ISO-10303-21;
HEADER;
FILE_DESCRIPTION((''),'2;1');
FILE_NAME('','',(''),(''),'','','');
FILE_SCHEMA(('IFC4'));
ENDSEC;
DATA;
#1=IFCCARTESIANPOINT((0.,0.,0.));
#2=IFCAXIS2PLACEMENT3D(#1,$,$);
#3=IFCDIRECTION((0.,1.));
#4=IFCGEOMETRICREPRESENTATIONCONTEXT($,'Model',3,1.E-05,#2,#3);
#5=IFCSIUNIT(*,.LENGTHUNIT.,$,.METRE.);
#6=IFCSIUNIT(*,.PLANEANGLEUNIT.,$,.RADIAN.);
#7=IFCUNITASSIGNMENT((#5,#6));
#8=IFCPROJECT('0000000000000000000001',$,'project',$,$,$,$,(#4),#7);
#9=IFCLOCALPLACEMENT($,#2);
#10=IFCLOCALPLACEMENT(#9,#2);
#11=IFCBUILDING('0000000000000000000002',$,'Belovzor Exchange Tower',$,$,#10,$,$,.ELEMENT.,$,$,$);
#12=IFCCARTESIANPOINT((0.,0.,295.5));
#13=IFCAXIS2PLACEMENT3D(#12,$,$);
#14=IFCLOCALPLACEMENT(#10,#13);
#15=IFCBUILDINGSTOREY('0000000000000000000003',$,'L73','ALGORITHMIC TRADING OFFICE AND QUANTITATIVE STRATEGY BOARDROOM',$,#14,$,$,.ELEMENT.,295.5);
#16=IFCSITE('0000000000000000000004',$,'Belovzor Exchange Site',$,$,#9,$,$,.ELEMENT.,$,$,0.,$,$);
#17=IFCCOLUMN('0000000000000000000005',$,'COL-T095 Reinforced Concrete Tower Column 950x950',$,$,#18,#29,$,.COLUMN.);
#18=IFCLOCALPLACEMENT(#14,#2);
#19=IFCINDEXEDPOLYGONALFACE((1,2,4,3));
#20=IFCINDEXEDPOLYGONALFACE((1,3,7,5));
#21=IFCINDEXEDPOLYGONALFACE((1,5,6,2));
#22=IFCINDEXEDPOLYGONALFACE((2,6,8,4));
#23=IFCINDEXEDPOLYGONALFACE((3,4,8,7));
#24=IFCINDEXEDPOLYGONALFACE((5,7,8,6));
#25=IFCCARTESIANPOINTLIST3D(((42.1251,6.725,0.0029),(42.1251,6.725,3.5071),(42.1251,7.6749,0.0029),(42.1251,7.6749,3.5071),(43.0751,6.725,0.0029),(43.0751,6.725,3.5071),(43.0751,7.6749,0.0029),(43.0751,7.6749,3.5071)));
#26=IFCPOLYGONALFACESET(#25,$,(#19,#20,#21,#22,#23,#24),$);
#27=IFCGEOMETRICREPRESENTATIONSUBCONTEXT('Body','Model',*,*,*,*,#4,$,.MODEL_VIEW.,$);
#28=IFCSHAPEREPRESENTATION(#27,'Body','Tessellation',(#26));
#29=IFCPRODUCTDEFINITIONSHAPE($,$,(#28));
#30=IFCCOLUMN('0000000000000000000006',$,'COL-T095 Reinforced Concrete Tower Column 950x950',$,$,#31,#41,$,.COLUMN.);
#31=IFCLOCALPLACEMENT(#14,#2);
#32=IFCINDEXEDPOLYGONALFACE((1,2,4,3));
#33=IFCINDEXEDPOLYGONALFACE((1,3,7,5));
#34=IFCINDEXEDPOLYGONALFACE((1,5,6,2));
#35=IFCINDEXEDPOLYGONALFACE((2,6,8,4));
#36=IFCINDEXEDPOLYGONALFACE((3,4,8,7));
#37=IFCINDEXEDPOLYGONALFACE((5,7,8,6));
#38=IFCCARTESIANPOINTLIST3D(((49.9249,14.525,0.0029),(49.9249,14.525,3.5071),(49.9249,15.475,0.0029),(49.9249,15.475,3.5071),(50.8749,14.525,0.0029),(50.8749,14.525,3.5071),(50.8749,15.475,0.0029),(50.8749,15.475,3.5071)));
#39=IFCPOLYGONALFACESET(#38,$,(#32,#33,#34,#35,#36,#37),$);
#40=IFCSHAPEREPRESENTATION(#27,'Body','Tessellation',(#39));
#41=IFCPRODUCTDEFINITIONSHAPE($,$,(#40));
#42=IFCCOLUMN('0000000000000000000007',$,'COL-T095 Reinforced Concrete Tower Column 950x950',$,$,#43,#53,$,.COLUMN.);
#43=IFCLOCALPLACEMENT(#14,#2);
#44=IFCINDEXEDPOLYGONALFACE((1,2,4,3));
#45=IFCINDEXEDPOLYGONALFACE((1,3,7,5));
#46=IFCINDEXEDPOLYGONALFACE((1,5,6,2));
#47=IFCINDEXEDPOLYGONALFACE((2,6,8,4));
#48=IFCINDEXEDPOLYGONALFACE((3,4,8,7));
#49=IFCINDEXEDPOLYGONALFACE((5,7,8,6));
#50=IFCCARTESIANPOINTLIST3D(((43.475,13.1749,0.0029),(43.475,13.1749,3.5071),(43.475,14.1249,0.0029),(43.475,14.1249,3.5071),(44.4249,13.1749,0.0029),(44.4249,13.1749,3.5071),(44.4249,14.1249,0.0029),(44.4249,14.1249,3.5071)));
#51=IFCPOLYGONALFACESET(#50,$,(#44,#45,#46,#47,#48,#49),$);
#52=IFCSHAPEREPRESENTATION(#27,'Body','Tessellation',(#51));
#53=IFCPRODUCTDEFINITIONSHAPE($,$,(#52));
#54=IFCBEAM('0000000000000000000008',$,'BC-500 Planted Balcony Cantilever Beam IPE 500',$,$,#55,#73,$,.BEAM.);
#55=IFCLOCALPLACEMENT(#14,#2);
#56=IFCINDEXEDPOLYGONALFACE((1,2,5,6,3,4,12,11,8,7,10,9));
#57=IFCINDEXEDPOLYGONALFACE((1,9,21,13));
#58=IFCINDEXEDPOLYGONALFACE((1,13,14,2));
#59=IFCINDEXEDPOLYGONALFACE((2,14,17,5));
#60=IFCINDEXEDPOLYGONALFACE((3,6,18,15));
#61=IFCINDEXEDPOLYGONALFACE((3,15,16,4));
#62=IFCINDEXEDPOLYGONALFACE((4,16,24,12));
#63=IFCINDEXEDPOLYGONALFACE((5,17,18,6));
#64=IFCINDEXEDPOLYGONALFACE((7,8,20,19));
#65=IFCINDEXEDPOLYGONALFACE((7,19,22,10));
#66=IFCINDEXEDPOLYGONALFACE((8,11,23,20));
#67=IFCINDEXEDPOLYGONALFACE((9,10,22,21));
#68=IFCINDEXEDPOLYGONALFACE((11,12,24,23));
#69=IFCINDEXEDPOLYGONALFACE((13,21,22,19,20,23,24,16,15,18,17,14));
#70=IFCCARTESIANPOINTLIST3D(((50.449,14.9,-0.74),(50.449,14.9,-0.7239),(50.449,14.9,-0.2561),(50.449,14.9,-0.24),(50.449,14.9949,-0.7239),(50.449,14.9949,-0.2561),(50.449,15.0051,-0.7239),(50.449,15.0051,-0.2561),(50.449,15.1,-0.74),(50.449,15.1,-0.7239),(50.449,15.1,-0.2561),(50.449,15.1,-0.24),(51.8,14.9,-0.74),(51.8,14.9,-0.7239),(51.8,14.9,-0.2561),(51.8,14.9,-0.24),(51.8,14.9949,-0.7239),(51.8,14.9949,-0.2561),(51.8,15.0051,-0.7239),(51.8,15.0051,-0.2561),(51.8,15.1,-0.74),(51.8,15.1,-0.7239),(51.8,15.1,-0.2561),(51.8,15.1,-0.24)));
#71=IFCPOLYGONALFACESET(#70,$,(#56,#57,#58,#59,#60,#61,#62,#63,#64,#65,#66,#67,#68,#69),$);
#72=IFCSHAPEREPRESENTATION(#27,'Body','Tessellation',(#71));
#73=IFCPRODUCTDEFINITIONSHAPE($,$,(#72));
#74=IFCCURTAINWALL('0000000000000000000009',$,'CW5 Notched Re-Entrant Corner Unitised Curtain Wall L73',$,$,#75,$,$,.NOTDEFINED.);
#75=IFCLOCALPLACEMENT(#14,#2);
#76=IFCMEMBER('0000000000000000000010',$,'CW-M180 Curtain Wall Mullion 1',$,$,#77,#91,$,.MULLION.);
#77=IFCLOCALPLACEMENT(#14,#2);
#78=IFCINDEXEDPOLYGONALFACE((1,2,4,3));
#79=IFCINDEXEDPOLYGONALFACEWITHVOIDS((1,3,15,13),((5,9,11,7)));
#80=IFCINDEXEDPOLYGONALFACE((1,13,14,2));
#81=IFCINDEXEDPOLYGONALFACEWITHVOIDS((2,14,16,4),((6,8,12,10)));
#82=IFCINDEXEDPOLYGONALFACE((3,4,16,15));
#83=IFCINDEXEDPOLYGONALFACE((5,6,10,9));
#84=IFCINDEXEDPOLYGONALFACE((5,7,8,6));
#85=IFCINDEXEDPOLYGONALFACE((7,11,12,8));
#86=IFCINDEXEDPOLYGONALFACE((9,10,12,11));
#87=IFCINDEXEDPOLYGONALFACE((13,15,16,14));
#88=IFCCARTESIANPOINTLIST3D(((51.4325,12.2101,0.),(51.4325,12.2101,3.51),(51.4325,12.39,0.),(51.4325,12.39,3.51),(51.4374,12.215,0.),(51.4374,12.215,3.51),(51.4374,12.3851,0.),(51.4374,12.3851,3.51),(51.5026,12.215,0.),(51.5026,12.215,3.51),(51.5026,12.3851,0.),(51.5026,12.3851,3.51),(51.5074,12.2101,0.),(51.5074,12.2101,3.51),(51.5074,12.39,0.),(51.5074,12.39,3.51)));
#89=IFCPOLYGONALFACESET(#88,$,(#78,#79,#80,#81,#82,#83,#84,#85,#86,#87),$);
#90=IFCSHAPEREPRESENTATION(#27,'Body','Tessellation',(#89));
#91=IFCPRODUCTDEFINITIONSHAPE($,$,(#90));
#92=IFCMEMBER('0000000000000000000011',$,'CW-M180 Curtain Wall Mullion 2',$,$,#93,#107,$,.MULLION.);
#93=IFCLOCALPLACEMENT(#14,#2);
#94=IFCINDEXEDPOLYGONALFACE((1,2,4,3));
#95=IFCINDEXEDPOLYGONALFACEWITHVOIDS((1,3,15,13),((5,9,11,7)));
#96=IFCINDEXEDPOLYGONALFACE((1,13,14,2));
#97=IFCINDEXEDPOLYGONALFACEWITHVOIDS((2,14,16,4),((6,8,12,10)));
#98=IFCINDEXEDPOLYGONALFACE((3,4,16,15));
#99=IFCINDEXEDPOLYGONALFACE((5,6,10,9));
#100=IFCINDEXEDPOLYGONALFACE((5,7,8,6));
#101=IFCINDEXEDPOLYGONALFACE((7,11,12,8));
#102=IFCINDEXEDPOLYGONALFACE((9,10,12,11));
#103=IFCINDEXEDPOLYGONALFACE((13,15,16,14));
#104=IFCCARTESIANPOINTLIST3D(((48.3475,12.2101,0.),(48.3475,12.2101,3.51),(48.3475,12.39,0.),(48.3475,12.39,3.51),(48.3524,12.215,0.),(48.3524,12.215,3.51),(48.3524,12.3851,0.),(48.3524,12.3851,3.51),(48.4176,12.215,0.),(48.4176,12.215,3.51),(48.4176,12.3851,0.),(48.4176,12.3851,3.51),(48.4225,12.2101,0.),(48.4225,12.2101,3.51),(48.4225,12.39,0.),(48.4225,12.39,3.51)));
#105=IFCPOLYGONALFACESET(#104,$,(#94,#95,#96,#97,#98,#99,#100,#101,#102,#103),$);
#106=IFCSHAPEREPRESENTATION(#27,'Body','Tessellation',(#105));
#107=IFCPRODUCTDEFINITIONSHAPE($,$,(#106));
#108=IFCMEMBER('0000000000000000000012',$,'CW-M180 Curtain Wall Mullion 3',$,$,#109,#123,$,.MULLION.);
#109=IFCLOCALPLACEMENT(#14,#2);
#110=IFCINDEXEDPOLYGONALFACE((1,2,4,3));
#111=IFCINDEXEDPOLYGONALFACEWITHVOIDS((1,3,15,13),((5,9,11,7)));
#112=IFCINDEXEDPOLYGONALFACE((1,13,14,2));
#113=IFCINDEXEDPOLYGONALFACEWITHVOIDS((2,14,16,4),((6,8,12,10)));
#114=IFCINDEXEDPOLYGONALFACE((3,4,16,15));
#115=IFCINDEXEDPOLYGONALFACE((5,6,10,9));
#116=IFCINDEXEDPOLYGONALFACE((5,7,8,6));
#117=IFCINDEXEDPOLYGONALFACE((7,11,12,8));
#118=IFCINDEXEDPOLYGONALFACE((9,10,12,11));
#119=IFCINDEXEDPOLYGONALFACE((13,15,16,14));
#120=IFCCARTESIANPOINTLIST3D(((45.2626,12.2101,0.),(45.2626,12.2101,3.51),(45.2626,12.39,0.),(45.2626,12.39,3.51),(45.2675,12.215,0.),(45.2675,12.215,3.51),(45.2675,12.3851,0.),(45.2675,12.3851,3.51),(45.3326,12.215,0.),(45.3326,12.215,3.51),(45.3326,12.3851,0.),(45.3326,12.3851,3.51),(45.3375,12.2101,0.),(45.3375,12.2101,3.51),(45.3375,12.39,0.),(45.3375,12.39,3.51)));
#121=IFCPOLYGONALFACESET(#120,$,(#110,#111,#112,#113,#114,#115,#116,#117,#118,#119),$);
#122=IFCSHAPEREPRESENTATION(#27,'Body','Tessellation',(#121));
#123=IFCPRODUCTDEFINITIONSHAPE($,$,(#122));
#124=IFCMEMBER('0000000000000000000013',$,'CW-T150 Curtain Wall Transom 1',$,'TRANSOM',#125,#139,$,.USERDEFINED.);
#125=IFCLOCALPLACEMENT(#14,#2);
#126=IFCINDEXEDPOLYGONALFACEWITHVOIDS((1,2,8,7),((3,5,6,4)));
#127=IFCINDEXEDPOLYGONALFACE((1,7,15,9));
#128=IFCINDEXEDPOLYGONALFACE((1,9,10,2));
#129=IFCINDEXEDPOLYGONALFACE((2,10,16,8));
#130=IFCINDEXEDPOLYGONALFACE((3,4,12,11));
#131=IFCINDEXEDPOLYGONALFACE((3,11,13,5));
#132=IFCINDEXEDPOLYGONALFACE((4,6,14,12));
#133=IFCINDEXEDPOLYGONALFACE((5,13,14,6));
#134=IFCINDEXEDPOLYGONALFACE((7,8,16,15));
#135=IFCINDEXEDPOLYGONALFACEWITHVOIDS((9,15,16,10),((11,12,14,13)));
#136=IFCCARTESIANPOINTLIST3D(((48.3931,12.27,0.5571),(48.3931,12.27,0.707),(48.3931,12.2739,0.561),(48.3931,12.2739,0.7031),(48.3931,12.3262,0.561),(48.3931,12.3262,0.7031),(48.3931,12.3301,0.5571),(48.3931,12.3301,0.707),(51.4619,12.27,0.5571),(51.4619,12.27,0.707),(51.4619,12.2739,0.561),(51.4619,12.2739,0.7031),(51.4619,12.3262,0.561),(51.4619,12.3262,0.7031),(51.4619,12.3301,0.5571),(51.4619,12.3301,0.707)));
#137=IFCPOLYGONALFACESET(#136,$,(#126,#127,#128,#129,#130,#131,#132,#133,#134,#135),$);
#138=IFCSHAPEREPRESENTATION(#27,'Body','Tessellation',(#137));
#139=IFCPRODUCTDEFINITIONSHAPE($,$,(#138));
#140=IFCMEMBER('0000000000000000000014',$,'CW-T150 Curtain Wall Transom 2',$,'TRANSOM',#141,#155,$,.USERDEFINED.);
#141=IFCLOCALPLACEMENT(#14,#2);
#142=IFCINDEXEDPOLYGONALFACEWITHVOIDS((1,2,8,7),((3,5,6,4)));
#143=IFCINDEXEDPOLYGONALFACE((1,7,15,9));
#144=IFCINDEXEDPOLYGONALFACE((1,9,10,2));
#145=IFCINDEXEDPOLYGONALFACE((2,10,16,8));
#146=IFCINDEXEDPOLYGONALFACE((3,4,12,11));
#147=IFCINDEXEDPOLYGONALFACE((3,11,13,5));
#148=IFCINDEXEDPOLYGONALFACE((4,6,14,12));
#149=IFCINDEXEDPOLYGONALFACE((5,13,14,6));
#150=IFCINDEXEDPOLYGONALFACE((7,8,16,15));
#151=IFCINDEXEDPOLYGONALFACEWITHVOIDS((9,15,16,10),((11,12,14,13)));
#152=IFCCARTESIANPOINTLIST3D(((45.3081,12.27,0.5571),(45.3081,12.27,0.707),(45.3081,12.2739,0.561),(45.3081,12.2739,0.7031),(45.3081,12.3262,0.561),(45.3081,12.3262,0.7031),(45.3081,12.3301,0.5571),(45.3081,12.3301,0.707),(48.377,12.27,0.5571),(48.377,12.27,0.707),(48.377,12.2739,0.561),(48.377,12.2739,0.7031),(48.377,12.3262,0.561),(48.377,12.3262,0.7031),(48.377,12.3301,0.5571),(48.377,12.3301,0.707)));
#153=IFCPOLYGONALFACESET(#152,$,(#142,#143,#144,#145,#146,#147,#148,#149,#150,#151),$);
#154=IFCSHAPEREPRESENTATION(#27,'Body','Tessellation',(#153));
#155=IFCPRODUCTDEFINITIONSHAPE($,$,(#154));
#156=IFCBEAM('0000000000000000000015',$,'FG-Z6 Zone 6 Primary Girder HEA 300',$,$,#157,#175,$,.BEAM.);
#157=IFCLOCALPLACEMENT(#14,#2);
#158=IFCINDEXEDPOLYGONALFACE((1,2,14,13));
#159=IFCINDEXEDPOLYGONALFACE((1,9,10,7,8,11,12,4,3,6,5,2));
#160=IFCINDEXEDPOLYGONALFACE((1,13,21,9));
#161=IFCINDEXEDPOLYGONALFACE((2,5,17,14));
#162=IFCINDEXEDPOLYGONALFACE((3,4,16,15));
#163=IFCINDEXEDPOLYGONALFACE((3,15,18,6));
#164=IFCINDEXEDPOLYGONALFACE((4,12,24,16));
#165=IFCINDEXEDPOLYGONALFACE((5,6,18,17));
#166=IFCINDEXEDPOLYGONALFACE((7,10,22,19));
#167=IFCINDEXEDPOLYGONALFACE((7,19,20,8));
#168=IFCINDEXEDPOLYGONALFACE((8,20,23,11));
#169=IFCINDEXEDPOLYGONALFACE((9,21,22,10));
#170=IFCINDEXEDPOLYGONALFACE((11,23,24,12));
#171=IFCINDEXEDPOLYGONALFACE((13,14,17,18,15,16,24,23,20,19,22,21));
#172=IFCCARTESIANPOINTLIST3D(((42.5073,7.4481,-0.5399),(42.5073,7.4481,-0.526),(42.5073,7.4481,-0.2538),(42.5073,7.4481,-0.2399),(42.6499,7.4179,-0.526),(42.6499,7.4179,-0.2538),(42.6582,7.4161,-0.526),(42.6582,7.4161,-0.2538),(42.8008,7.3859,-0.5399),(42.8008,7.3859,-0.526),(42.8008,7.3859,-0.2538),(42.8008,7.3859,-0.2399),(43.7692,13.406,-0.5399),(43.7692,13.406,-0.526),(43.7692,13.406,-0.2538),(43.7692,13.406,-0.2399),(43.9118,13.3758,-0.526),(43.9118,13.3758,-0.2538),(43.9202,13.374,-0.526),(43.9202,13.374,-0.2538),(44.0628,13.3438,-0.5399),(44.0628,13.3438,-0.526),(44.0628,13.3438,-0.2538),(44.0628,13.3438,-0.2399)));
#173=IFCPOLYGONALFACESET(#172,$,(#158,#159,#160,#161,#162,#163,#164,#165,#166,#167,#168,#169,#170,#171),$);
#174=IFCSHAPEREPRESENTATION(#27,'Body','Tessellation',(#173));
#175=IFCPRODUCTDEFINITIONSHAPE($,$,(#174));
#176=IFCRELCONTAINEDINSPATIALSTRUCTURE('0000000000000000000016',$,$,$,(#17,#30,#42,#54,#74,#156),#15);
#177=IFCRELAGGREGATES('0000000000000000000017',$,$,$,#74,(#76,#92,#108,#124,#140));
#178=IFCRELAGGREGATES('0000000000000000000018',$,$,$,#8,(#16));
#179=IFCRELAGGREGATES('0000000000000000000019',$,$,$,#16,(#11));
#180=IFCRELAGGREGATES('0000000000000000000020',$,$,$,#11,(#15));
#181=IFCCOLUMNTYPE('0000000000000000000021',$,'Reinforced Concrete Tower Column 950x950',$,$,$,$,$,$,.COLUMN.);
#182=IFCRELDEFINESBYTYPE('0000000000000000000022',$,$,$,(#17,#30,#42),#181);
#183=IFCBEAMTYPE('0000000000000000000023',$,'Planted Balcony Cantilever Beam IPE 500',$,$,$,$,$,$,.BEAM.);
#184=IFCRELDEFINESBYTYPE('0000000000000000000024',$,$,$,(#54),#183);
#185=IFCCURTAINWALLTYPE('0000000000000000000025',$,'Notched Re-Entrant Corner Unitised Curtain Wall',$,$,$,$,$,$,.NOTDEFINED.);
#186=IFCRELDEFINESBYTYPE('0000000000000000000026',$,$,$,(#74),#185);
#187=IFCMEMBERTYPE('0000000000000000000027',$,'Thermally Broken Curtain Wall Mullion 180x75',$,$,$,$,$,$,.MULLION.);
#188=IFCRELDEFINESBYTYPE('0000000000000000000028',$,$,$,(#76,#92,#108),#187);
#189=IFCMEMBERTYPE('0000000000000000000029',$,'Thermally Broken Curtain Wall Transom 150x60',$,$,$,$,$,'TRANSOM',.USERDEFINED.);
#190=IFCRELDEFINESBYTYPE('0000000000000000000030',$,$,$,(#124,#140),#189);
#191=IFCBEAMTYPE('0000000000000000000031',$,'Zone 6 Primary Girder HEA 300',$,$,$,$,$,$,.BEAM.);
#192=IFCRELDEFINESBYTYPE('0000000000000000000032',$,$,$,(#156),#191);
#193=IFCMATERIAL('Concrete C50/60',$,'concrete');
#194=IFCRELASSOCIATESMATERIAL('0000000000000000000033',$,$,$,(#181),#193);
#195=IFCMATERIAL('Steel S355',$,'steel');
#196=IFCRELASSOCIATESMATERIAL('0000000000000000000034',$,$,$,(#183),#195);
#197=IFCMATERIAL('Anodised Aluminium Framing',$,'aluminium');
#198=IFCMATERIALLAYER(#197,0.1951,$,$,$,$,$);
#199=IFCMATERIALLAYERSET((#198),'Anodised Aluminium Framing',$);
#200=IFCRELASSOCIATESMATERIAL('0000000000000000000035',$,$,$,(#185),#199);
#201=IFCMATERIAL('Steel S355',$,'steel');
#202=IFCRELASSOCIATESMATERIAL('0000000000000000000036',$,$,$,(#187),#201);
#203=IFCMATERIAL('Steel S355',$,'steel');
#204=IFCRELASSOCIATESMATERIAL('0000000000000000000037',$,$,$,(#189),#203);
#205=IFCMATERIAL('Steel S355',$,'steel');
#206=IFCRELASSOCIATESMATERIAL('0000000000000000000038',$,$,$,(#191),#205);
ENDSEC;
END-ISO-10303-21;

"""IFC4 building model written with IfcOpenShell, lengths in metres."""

from ifc_helpers import new_model, si_unit, direction, frame, origin, origin_2d, place, context, subcontext, project, spatial, rectangle, hollow_rectangle, i_section, extrude, material, layer, layer_set, material_profile, profile_set, type_object, element, aggregate, save


model = new_model("IFC4")

# Units and contexts
model_context = context("Model", 3, precision=1e-05, world=origin(), true_north=direction((0.0, 1.0)))
body_context = subcontext(model_context, "Body", "Model", "MODEL_VIEW")
ifc_project = project(units=[si_unit("LENGTHUNIT", "METRE"), si_unit("PLANEANGLEUNIT", "RADIAN")], contexts=[model_context])

# Site, building, storey
site_placement = place(None, origin())
site = spatial("IfcSite", under=ifc_project, at=site_placement, Name="Belovzor Exchange Site", CompositionType="ELEMENT", RefElevation=0.0)
building_placement = place(site_placement, origin())
building = spatial("IfcBuilding", under=site, at=building_placement, Name="Belovzor Exchange Tower", CompositionType="ELEMENT")
storey_placement = place(building_placement, frame((0.0, 0.0, 295.5)))
storey = spatial("IfcBuildingStorey", under=building, at=storey_placement, Name="L73", Description="ALGORITHMIC TRADING OFFICE AND QUANTITATIVE STRATEGY BOARDROOM", CompositionType="ELEMENT", Elevation=295.5)

# Columns
ifc_material_1 = material(Name="Concrete C50/60", Category="concrete")
ifc_material_profile_1 = material_profile(ifc_material_1, rectangle(XDim=0.95, YDim=0.95, at=origin_2d()))
ifc_profile_set_1 = profile_set([ifc_material_profile_1], Name="Concrete C50/60")
column_type = type_object("IfcColumnType", Name="Reinforced Concrete Tower Column 950x950", PredefinedType="COLUMN", material=ifc_profile_set_1)
for number, where, z_axis, x_axis, name in (
    (1, (42.6001, 7.2, 0.0029), (0.0, 0.0, 1.0), (1.0, 0.0, 0.0), "COL-T095 Reinforced Concrete Tower Column 950x950"),
    (2, (50.3999, 15.0, 0.0029), (0.0, 0.0, 1.0), (1.0, 0.0, 0.0), "COL-T095 Reinforced Concrete Tower Column 950x950"),
    (3, (43.95, 13.6499, 0.0029), (0.0, 0.0, 1.0), (1.0, 0.0, 0.0), "COL-T095 Reinforced Concrete Tower Column 950x950"),
):
    element("IfcColumn", number, at=place(storey_placement, frame(where, z_axis=z_axis, x_axis=x_axis)), inside=storey, type_object=column_type, Name=name, PredefinedType="COLUMN", context=body_context, shape_type="SweptSolid", body=[
        extrude(rectangle(XDim=0.95, YDim=0.95, at=origin_2d()), origin(), (0.0, 0.0, 1.0), 3.5042),
    ])

# Beam
ifc_material_2 = material(Name="Steel S355", Category="steel")
ifc_material_profile_2 = material_profile(ifc_material_2, i_section(OverallWidth=0.2, OverallDepth=0.5, WebThickness=0.0103, FlangeThickness=0.0161, at=origin_2d()))
ifc_profile_set_2 = profile_set([ifc_material_profile_2], Name="Steel S355")
beam_type_1 = type_object("IfcBeamType", Name="Planted Balcony Cantilever Beam IPE 500", PredefinedType="BEAM", material=ifc_profile_set_2)
beam_1_placement = place(storey_placement, frame((50.449, 15.0, -0.49), z_axis=(1.0, 0.0, 0.0), x_axis=(0.0, 1.0, 0.0)))
element("IfcBeam", 4, at=beam_1_placement, inside=storey, type_object=beam_type_1, Name="BC-500 Planted Balcony Cantilever Beam IPE 500", PredefinedType="BEAM", context=body_context, shape_type="SweptSolid", body=[
    extrude(i_section(OverallWidth=0.2, OverallDepth=0.5, WebThickness=0.0103, FlangeThickness=0.0161, at=origin_2d()), origin(), (0.0, 0.0, 1.0), 1.3511),
])

# Curtain wall, members
ifc_material_3 = material(Name="Anodised Aluminium Framing", Category="aluminium")
ifc_layer_1 = layer(ifc_material_3, 0.1951)
ifc_layer_set_1 = layer_set([ifc_layer_1], Name="Anodised Aluminium Framing")
curtain_wall_type = type_object("IfcCurtainWallType", Name="Notched Re-Entrant Corner Unitised Curtain Wall", PredefinedType="NOTDEFINED", material=ifc_layer_set_1)
curtain_wall_placement = place(storey_placement, origin())
curtain_wall = element("IfcCurtainWall", 5, at=curtain_wall_placement, inside=storey, type_object=curtain_wall_type, Name="CW5 Notched Re-Entrant Corner Unitised Curtain Wall L73", PredefinedType="NOTDEFINED")
ifc_material_4 = material(Name="Steel S355", Category="steel")
ifc_material_profile_3 = material_profile(ifc_material_4, hollow_rectangle(XDim=0.075, YDim=0.1799, WallThickness=0.0049, at=origin_2d()))
ifc_profile_set_3 = profile_set([ifc_material_profile_3], Name="Steel S355")
member_type_1 = type_object("IfcMemberType", Name="Thermally Broken Curtain Wall Mullion 180x75", PredefinedType="MULLION", material=ifc_profile_set_3)
member_1_placement = place(storey_placement, frame((51.47, 12.3, 0.0), z_axis=(0.0, 0.0, 1.0), x_axis=(-1.0, 0.0, 0.0)))
member_1 = element("IfcMember", 6, at=member_1_placement, type_object=member_type_1, Name="CW-M180 Curtain Wall Mullion 1", PredefinedType="MULLION", context=body_context, shape_type="SweptSolid", body=[
    extrude(hollow_rectangle(XDim=0.075, YDim=0.1799, WallThickness=0.0049, at=origin_2d()), origin(), (0.0, 0.0, 1.0), 3.51),
])
member_2_placement = place(storey_placement, frame((48.385, 12.3, 0.0), z_axis=(0.0, 0.0, 1.0), x_axis=(-1.0, 0.0, 0.0)))
member_2 = element("IfcMember", 7, at=member_2_placement, type_object=member_type_1, Name="CW-M180 Curtain Wall Mullion 2", PredefinedType="MULLION", context=body_context, shape_type="SweptSolid", body=[
    extrude(hollow_rectangle(XDim=0.075, YDim=0.1799, WallThickness=0.0049, at=origin_2d()), origin(), (0.0, 0.0, 1.0), 3.51),
])
member_3_placement = place(storey_placement, frame((45.3, 12.3, 0.0), z_axis=(0.0, 0.0, 1.0), x_axis=(-1.0, 0.0, 0.0)))
member_3 = element("IfcMember", 8, at=member_3_placement, type_object=member_type_1, Name="CW-M180 Curtain Wall Mullion 3", PredefinedType="MULLION", context=body_context, shape_type="SweptSolid", body=[
    extrude(hollow_rectangle(XDim=0.075, YDim=0.1799, WallThickness=0.0049, at=origin_2d()), origin(), (0.0, 0.0, 1.0), 3.51),
])
ifc_material_5 = material(Name="Steel S355", Category="steel")
ifc_material_profile_4 = material_profile(ifc_material_5, hollow_rectangle(XDim=0.0601, YDim=0.1499, WallThickness=0.0039, at=origin_2d()))
ifc_profile_set_4 = profile_set([ifc_material_profile_4], Name="Steel S355")
member_type_2 = type_object("IfcMemberType", Name="Thermally Broken Curtain Wall Transom 150x60", ElementType="TRANSOM", PredefinedType="USERDEFINED", material=ifc_profile_set_4)
member_4_placement = place(storey_placement, frame((51.4619, 12.3, 0.6321), z_axis=(-1.0, 0.0, 0.0), x_axis=(0.0, -1.0, 0.0)))
member_4 = element("IfcMember", 9, at=member_4_placement, type_object=member_type_2, Name="CW-T150 Curtain Wall Transom 1", ObjectType="TRANSOM", PredefinedType="USERDEFINED", context=body_context, shape_type="SweptSolid", body=[
    extrude(hollow_rectangle(XDim=0.0601, YDim=0.1499, WallThickness=0.0039, at=origin_2d()), origin(), (0.0, 0.0, 1.0), 3.0688),
])
member_5_placement = place(storey_placement, frame((48.377, 12.3, 0.6321), z_axis=(-1.0, 0.0, 0.0), x_axis=(0.0, -1.0, 0.0)))
member_5 = element("IfcMember", 10, at=member_5_placement, type_object=member_type_2, Name="CW-T150 Curtain Wall Transom 2", ObjectType="TRANSOM", PredefinedType="USERDEFINED", context=body_context, shape_type="SweptSolid", body=[
    extrude(hollow_rectangle(XDim=0.0601, YDim=0.1499, WallThickness=0.0039, at=origin_2d()), origin(), (0.0, 0.0, 1.0), 3.0688),
])

# Beam
ifc_material_6 = material(Name="Steel S355", Category="steel")
ifc_material_profile_5 = material_profile(ifc_material_6, i_section(OverallWidth=0.3, OverallDepth=0.3, WebThickness=0.0085, FlangeThickness=0.0139, at=origin_2d()))
ifc_profile_set_5 = profile_set([ifc_material_profile_5], Name="Steel S355")
beam_type_2 = type_object("IfcBeamType", Name="Zone 6 Primary Girder HEA 300", PredefinedType="BEAM", material=ifc_profile_set_5)
beam_2_placement = place(storey_placement, frame((42.6541, 7.417, -0.3899), z_axis=(0.207212, 0.978296, 0.0), x_axis=(-0.978296, 0.207212, 0.0)))
element("IfcBeam", 11, at=beam_2_placement, inside=storey, type_object=beam_type_2, Name="FG-Z6 Zone 6 Primary Girder HEA 300", PredefinedType="BEAM", context=body_context, shape_type="SweptSolid", body=[
    extrude(i_section(OverallWidth=0.3, OverallDepth=0.3, WebThickness=0.0085, FlangeThickness=0.0139, at=origin_2d()), origin(), (0.0, 0.0, 1.0), 6.0901),
])

aggregate(curtain_wall, [member_1, member_2, member_3, member_4, member_5])

save(model, "model.ifc")
